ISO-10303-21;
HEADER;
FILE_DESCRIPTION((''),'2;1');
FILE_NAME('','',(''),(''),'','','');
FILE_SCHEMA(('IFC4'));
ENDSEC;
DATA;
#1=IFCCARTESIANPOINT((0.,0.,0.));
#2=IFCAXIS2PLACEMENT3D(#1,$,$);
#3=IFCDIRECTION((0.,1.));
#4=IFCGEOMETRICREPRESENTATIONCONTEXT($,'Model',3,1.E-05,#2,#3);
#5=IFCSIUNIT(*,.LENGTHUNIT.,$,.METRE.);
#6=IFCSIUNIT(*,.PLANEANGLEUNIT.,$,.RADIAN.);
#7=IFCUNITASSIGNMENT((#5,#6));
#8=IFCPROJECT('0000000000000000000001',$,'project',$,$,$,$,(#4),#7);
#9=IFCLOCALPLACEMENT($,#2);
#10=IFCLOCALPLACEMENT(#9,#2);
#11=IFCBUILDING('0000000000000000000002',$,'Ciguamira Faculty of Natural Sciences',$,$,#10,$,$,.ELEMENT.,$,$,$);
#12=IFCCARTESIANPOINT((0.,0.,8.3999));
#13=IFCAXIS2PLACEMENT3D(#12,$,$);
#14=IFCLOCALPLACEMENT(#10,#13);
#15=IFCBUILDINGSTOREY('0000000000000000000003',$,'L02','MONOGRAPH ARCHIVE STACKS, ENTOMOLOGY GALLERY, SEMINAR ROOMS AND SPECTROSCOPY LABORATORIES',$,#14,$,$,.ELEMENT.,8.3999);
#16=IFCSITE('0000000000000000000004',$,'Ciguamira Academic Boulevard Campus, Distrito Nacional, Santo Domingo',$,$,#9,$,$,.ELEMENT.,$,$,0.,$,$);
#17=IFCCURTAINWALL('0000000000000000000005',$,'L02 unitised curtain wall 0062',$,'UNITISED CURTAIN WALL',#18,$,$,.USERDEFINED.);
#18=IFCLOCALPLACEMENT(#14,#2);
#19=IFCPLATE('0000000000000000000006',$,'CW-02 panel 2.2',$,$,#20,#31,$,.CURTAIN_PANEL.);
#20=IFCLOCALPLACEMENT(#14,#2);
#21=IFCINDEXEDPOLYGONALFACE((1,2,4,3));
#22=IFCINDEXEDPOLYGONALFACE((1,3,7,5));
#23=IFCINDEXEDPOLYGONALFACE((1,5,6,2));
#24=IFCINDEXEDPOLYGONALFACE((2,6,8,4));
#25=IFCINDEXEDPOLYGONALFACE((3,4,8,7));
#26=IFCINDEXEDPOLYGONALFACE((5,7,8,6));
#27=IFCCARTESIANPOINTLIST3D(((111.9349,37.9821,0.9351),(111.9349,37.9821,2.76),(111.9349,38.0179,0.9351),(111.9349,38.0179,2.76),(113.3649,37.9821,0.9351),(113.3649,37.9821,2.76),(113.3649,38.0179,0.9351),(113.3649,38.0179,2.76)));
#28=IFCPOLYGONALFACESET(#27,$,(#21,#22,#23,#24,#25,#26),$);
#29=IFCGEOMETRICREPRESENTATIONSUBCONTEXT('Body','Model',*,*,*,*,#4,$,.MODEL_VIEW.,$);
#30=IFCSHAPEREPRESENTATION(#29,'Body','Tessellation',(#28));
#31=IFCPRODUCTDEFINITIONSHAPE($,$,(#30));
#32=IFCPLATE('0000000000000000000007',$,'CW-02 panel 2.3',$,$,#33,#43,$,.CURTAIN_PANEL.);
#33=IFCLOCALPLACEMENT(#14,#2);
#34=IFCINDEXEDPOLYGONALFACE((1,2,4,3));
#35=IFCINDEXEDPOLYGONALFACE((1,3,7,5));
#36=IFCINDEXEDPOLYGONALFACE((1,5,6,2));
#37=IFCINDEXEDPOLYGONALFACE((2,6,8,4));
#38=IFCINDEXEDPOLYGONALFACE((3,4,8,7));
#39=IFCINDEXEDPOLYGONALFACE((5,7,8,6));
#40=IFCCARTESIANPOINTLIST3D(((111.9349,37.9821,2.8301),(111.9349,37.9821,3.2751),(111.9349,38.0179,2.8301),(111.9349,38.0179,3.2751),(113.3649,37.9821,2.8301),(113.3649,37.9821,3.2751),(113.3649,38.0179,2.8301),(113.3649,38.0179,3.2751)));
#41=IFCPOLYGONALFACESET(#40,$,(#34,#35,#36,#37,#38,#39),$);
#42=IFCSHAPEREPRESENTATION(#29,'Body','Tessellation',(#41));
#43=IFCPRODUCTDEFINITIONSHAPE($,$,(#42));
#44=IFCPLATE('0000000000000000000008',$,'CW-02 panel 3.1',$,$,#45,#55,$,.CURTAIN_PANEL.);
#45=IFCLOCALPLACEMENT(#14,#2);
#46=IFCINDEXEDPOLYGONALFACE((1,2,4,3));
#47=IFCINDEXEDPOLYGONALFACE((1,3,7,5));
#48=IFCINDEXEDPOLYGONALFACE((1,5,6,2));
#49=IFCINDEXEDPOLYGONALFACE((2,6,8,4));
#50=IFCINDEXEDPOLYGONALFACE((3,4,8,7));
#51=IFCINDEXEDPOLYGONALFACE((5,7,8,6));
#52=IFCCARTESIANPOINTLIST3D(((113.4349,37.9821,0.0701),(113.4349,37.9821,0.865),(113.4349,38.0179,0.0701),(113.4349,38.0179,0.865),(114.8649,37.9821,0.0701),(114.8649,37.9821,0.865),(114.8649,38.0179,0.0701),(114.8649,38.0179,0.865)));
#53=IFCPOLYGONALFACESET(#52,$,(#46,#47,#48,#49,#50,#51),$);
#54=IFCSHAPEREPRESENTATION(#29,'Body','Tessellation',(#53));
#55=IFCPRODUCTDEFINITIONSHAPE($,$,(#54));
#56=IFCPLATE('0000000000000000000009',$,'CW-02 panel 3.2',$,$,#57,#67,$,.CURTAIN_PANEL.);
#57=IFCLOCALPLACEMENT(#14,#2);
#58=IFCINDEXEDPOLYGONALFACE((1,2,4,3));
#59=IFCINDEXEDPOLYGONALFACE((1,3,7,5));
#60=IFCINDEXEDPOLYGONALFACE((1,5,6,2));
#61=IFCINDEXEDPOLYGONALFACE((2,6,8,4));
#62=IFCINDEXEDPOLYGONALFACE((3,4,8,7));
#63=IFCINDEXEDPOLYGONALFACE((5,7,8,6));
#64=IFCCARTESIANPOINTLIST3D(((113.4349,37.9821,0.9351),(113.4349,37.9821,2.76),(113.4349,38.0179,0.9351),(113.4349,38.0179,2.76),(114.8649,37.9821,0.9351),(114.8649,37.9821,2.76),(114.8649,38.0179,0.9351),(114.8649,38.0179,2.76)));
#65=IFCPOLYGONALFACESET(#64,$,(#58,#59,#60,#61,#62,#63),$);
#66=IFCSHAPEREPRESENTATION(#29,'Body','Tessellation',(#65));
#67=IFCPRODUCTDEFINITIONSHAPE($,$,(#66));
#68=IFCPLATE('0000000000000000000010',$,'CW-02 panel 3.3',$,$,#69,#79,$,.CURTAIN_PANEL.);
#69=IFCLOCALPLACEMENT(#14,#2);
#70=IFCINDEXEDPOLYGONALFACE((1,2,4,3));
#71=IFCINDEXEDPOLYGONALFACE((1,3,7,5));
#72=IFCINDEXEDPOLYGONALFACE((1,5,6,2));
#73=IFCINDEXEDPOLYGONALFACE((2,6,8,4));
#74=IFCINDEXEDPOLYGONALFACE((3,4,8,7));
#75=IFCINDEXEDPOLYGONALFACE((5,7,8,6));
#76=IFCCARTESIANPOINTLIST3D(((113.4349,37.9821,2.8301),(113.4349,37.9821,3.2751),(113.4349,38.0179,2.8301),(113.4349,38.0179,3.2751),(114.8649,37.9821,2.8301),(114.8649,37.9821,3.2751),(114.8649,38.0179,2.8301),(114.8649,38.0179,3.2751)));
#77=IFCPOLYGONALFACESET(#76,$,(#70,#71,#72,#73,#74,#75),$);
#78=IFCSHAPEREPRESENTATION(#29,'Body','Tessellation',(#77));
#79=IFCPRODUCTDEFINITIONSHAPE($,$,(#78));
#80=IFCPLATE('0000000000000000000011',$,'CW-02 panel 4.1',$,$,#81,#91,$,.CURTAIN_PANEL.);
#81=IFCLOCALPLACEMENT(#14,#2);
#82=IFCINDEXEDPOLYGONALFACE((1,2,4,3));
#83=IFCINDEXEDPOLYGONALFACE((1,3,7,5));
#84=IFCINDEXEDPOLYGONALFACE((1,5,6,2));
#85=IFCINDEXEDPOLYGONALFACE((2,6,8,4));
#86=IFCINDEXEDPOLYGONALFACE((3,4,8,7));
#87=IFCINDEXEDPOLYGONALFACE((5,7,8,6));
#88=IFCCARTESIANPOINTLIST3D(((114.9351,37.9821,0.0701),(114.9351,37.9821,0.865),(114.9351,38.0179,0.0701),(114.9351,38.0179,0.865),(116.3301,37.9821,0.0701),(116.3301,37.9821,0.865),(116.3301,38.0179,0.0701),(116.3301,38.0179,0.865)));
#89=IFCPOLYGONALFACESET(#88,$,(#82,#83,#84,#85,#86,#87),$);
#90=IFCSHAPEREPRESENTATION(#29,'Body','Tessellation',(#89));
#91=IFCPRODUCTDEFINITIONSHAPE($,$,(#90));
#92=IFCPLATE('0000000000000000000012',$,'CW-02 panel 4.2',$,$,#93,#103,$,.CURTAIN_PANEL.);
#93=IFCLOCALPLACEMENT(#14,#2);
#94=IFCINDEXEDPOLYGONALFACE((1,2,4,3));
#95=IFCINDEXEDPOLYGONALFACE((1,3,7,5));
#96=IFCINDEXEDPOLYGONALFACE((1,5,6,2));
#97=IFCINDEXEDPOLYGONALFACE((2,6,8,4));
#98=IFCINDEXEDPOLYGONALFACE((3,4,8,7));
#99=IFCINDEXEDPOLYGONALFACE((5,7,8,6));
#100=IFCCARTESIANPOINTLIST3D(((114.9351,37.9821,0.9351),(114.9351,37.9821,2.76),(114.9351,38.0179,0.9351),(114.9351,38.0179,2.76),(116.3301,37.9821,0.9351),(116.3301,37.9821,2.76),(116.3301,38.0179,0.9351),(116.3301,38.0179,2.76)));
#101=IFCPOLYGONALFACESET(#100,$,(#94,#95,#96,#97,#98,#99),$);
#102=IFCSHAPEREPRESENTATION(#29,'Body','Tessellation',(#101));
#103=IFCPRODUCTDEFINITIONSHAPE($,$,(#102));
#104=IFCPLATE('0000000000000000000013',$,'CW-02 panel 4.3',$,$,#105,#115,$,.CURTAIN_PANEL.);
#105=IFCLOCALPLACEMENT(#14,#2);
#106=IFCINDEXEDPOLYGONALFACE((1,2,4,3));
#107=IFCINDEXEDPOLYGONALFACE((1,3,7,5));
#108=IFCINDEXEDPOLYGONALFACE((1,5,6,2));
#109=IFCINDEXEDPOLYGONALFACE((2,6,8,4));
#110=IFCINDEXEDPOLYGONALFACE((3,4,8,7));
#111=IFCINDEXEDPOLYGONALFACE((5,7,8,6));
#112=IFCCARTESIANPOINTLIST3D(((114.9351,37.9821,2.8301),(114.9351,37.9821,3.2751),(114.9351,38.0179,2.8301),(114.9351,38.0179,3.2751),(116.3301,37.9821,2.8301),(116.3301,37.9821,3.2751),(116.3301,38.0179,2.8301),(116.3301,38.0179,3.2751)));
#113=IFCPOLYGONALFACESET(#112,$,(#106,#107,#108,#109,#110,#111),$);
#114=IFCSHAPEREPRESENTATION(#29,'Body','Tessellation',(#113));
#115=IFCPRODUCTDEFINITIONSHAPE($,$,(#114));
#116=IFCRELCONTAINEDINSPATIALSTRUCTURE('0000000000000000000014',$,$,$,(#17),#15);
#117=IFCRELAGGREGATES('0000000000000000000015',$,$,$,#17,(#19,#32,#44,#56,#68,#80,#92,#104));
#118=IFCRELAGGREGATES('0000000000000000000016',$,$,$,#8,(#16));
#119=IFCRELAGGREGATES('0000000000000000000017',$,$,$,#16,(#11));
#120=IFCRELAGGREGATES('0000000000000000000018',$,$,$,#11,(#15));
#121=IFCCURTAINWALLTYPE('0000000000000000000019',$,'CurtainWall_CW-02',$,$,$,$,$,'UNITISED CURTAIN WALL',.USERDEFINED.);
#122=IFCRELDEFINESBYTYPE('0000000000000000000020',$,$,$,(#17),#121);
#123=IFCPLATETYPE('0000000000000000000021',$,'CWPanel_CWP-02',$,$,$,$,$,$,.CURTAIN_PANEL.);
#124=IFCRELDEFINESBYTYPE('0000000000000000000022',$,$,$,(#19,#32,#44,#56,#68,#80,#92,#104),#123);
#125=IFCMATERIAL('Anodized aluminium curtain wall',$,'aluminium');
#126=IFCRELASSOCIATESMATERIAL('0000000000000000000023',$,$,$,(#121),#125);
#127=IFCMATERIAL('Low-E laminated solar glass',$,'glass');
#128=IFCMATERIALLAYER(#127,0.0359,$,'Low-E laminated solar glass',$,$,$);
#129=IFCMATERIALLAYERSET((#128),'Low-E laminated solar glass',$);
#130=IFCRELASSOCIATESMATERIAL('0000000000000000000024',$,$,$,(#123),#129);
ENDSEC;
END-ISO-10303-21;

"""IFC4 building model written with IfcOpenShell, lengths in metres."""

from ifc_helpers import new_model, si_unit, direction, frame, origin, origin_2d, place, context, subcontext, project, spatial, rectangle, extrude, material, layer, layer_set, type_object, element, aggregate, save


model = new_model("IFC4")

# Units and contexts
model_context = context("Model", 3, precision=1e-05, world=origin(), true_north=direction((0.0, 1.0)))
body_context = subcontext(model_context, "Body", "Model", "MODEL_VIEW")
ifc_project = project(units=[si_unit("LENGTHUNIT", "METRE"), si_unit("PLANEANGLEUNIT", "RADIAN")], contexts=[model_context])

# Site, building, storey
site_placement = place(None, origin())
site = spatial("IfcSite", under=ifc_project, at=site_placement, Name="Ciguamira Academic Boulevard Campus, Distrito Nacional, Santo Domingo", CompositionType="ELEMENT", RefElevation=0.0)
building_placement = place(site_placement, origin())
building = spatial("IfcBuilding", under=site, at=building_placement, Name="Ciguamira Faculty of Natural Sciences", CompositionType="ELEMENT")
storey_placement = place(building_placement, frame((0.0, 0.0, 8.3999)))
storey = spatial("IfcBuildingStorey", under=building, at=storey_placement, Name="L02", Description="MONOGRAPH ARCHIVE STACKS, ENTOMOLOGY GALLERY, SEMINAR ROOMS AND SPECTROSCOPY LABORATORIES", CompositionType="ELEMENT", Elevation=8.3999)

# Curtain wall, plates
ifc_material_1 = material(Name="Anodized aluminium curtain wall", Category="aluminium")
curtain_wall_type = type_object("IfcCurtainWallType", Name="CurtainWall_CW-02", ElementType="UNITISED CURTAIN WALL", PredefinedType="USERDEFINED", material=ifc_material_1)
curtain_wall_placement = place(storey_placement, origin())
curtain_wall = element("IfcCurtainWall", 1, at=curtain_wall_placement, inside=storey, type_object=curtain_wall_type, Name="L02 unitised curtain wall 0062", ObjectType="UNITISED CURTAIN WALL", PredefinedType="USERDEFINED")
ifc_material_2 = material(Name="Low-E laminated solar glass", Category="glass")
ifc_layer = layer(ifc_material_2, 0.0359, Name="Low-E laminated solar glass")
ifc_layer_set = layer_set([ifc_layer], Name="Low-E laminated solar glass")
plate_type = type_object("IfcPlateType", Name="CWPanel_CWP-02", PredefinedType="CURTAIN_PANEL", material=ifc_layer_set)
plate_1_placement = place(storey_placement, frame((112.6499, 38.0, 0.9351), z_axis=(0.0, 0.0, 1.0), x_axis=(1.0, 0.0, 0.0)))
plate_1 = element("IfcPlate", 2, at=plate_1_placement, type_object=plate_type, Name="CW-02 panel 2.2", PredefinedType="CURTAIN_PANEL", context=body_context, shape_type="SweptSolid", body=[
    extrude(rectangle(XDim=1.4299, YDim=0.0359, at=origin_2d()), origin(), (0.0, 0.0, 1.0), 1.825),
])
plate_2_placement = place(storey_placement, frame((112.6499, 38.0, 2.8301), z_axis=(0.0, 0.0, 1.0), x_axis=(1.0, 0.0, 0.0)))
plate_2 = element("IfcPlate", 3, at=plate_2_placement, type_object=plate_type, Name="CW-02 panel 2.3", PredefinedType="CURTAIN_PANEL", context=body_context, shape_type="SweptSolid", body=[
    extrude(rectangle(XDim=1.4299, YDim=0.0359, at=origin_2d()), origin(), (0.0, 0.0, 1.0), 0.4451),
])
plate_3_placement = place(storey_placement, frame((114.1499, 38.0, 0.0701), z_axis=(0.0, 0.0, 1.0), x_axis=(1.0, 0.0, 0.0)))
plate_3 = element("IfcPlate", 4, at=plate_3_placement, type_object=plate_type, Name="CW-02 panel 3.1", PredefinedType="CURTAIN_PANEL", context=body_context, shape_type="SweptSolid", body=[
    extrude(rectangle(XDim=1.4299, YDim=0.0359, at=origin_2d()), origin(), (0.0, 0.0, 1.0), 0.7949),
])
plate_4_placement = place(storey_placement, frame((114.1499, 38.0, 0.9351), z_axis=(0.0, 0.0, 1.0), x_axis=(1.0, 0.0, 0.0)))
plate_4 = element("IfcPlate", 5, at=plate_4_placement, type_object=plate_type, Name="CW-02 panel 3.2", PredefinedType="CURTAIN_PANEL", context=body_context, shape_type="SweptSolid", body=[
    extrude(rectangle(XDim=1.4299, YDim=0.0359, at=origin_2d()), origin(), (0.0, 0.0, 1.0), 1.825),
])
plate_5_placement = place(storey_placement, frame((114.1499, 38.0, 2.8301), z_axis=(0.0, 0.0, 1.0), x_axis=(1.0, 0.0, 0.0)))
plate_5 = element("IfcPlate", 6, at=plate_5_placement, type_object=plate_type, Name="CW-02 panel 3.3", PredefinedType="CURTAIN_PANEL", context=body_context, shape_type="SweptSolid", body=[
    extrude(rectangle(XDim=1.4299, YDim=0.0359, at=origin_2d()), origin(), (0.0, 0.0, 1.0), 0.4451),
])
plate_6_placement = place(storey_placement, frame((115.6326, 38.0, 0.0701), z_axis=(0.0, 0.0, 1.0), x_axis=(1.0, 0.0, 0.0)))
plate_6 = element("IfcPlate", 7, at=plate_6_placement, type_object=plate_type, Name="CW-02 panel 4.1", PredefinedType="CURTAIN_PANEL", context=body_context, shape_type="SweptSolid", body=[
    extrude(rectangle(XDim=1.395, YDim=0.0359, at=origin_2d()), origin(), (0.0, 0.0, 1.0), 0.7949),
])
plate_7_placement = place(storey_placement, frame((115.6326, 38.0, 0.9351), z_axis=(0.0, 0.0, 1.0), x_axis=(1.0, 0.0, 0.0)))
plate_7 = element("IfcPlate", 8, at=plate_7_placement, type_object=plate_type, Name="CW-02 panel 4.2", PredefinedType="CURTAIN_PANEL", context=body_context, shape_type="SweptSolid", body=[
    extrude(rectangle(XDim=1.395, YDim=0.0359, at=origin_2d()), origin(), (0.0, 0.0, 1.0), 1.825),
])
plate_8_placement = place(storey_placement, frame((115.6326, 38.0, 2.8301), z_axis=(0.0, 0.0, 1.0), x_axis=(1.0, 0.0, 0.0)))
plate_8 = element("IfcPlate", 9, at=plate_8_placement, type_object=plate_type, Name="CW-02 panel 4.3", PredefinedType="CURTAIN_PANEL", context=body_context, shape_type="SweptSolid", body=[
    extrude(rectangle(XDim=1.395, YDim=0.0359, at=origin_2d()), origin(), (0.0, 0.0, 1.0), 0.4451),
])
aggregate(curtain_wall, [plate_1, plate_2, plate_3, plate_4, plate_5, plate_6, plate_7, plate_8])

save(model, "model.ifc")
